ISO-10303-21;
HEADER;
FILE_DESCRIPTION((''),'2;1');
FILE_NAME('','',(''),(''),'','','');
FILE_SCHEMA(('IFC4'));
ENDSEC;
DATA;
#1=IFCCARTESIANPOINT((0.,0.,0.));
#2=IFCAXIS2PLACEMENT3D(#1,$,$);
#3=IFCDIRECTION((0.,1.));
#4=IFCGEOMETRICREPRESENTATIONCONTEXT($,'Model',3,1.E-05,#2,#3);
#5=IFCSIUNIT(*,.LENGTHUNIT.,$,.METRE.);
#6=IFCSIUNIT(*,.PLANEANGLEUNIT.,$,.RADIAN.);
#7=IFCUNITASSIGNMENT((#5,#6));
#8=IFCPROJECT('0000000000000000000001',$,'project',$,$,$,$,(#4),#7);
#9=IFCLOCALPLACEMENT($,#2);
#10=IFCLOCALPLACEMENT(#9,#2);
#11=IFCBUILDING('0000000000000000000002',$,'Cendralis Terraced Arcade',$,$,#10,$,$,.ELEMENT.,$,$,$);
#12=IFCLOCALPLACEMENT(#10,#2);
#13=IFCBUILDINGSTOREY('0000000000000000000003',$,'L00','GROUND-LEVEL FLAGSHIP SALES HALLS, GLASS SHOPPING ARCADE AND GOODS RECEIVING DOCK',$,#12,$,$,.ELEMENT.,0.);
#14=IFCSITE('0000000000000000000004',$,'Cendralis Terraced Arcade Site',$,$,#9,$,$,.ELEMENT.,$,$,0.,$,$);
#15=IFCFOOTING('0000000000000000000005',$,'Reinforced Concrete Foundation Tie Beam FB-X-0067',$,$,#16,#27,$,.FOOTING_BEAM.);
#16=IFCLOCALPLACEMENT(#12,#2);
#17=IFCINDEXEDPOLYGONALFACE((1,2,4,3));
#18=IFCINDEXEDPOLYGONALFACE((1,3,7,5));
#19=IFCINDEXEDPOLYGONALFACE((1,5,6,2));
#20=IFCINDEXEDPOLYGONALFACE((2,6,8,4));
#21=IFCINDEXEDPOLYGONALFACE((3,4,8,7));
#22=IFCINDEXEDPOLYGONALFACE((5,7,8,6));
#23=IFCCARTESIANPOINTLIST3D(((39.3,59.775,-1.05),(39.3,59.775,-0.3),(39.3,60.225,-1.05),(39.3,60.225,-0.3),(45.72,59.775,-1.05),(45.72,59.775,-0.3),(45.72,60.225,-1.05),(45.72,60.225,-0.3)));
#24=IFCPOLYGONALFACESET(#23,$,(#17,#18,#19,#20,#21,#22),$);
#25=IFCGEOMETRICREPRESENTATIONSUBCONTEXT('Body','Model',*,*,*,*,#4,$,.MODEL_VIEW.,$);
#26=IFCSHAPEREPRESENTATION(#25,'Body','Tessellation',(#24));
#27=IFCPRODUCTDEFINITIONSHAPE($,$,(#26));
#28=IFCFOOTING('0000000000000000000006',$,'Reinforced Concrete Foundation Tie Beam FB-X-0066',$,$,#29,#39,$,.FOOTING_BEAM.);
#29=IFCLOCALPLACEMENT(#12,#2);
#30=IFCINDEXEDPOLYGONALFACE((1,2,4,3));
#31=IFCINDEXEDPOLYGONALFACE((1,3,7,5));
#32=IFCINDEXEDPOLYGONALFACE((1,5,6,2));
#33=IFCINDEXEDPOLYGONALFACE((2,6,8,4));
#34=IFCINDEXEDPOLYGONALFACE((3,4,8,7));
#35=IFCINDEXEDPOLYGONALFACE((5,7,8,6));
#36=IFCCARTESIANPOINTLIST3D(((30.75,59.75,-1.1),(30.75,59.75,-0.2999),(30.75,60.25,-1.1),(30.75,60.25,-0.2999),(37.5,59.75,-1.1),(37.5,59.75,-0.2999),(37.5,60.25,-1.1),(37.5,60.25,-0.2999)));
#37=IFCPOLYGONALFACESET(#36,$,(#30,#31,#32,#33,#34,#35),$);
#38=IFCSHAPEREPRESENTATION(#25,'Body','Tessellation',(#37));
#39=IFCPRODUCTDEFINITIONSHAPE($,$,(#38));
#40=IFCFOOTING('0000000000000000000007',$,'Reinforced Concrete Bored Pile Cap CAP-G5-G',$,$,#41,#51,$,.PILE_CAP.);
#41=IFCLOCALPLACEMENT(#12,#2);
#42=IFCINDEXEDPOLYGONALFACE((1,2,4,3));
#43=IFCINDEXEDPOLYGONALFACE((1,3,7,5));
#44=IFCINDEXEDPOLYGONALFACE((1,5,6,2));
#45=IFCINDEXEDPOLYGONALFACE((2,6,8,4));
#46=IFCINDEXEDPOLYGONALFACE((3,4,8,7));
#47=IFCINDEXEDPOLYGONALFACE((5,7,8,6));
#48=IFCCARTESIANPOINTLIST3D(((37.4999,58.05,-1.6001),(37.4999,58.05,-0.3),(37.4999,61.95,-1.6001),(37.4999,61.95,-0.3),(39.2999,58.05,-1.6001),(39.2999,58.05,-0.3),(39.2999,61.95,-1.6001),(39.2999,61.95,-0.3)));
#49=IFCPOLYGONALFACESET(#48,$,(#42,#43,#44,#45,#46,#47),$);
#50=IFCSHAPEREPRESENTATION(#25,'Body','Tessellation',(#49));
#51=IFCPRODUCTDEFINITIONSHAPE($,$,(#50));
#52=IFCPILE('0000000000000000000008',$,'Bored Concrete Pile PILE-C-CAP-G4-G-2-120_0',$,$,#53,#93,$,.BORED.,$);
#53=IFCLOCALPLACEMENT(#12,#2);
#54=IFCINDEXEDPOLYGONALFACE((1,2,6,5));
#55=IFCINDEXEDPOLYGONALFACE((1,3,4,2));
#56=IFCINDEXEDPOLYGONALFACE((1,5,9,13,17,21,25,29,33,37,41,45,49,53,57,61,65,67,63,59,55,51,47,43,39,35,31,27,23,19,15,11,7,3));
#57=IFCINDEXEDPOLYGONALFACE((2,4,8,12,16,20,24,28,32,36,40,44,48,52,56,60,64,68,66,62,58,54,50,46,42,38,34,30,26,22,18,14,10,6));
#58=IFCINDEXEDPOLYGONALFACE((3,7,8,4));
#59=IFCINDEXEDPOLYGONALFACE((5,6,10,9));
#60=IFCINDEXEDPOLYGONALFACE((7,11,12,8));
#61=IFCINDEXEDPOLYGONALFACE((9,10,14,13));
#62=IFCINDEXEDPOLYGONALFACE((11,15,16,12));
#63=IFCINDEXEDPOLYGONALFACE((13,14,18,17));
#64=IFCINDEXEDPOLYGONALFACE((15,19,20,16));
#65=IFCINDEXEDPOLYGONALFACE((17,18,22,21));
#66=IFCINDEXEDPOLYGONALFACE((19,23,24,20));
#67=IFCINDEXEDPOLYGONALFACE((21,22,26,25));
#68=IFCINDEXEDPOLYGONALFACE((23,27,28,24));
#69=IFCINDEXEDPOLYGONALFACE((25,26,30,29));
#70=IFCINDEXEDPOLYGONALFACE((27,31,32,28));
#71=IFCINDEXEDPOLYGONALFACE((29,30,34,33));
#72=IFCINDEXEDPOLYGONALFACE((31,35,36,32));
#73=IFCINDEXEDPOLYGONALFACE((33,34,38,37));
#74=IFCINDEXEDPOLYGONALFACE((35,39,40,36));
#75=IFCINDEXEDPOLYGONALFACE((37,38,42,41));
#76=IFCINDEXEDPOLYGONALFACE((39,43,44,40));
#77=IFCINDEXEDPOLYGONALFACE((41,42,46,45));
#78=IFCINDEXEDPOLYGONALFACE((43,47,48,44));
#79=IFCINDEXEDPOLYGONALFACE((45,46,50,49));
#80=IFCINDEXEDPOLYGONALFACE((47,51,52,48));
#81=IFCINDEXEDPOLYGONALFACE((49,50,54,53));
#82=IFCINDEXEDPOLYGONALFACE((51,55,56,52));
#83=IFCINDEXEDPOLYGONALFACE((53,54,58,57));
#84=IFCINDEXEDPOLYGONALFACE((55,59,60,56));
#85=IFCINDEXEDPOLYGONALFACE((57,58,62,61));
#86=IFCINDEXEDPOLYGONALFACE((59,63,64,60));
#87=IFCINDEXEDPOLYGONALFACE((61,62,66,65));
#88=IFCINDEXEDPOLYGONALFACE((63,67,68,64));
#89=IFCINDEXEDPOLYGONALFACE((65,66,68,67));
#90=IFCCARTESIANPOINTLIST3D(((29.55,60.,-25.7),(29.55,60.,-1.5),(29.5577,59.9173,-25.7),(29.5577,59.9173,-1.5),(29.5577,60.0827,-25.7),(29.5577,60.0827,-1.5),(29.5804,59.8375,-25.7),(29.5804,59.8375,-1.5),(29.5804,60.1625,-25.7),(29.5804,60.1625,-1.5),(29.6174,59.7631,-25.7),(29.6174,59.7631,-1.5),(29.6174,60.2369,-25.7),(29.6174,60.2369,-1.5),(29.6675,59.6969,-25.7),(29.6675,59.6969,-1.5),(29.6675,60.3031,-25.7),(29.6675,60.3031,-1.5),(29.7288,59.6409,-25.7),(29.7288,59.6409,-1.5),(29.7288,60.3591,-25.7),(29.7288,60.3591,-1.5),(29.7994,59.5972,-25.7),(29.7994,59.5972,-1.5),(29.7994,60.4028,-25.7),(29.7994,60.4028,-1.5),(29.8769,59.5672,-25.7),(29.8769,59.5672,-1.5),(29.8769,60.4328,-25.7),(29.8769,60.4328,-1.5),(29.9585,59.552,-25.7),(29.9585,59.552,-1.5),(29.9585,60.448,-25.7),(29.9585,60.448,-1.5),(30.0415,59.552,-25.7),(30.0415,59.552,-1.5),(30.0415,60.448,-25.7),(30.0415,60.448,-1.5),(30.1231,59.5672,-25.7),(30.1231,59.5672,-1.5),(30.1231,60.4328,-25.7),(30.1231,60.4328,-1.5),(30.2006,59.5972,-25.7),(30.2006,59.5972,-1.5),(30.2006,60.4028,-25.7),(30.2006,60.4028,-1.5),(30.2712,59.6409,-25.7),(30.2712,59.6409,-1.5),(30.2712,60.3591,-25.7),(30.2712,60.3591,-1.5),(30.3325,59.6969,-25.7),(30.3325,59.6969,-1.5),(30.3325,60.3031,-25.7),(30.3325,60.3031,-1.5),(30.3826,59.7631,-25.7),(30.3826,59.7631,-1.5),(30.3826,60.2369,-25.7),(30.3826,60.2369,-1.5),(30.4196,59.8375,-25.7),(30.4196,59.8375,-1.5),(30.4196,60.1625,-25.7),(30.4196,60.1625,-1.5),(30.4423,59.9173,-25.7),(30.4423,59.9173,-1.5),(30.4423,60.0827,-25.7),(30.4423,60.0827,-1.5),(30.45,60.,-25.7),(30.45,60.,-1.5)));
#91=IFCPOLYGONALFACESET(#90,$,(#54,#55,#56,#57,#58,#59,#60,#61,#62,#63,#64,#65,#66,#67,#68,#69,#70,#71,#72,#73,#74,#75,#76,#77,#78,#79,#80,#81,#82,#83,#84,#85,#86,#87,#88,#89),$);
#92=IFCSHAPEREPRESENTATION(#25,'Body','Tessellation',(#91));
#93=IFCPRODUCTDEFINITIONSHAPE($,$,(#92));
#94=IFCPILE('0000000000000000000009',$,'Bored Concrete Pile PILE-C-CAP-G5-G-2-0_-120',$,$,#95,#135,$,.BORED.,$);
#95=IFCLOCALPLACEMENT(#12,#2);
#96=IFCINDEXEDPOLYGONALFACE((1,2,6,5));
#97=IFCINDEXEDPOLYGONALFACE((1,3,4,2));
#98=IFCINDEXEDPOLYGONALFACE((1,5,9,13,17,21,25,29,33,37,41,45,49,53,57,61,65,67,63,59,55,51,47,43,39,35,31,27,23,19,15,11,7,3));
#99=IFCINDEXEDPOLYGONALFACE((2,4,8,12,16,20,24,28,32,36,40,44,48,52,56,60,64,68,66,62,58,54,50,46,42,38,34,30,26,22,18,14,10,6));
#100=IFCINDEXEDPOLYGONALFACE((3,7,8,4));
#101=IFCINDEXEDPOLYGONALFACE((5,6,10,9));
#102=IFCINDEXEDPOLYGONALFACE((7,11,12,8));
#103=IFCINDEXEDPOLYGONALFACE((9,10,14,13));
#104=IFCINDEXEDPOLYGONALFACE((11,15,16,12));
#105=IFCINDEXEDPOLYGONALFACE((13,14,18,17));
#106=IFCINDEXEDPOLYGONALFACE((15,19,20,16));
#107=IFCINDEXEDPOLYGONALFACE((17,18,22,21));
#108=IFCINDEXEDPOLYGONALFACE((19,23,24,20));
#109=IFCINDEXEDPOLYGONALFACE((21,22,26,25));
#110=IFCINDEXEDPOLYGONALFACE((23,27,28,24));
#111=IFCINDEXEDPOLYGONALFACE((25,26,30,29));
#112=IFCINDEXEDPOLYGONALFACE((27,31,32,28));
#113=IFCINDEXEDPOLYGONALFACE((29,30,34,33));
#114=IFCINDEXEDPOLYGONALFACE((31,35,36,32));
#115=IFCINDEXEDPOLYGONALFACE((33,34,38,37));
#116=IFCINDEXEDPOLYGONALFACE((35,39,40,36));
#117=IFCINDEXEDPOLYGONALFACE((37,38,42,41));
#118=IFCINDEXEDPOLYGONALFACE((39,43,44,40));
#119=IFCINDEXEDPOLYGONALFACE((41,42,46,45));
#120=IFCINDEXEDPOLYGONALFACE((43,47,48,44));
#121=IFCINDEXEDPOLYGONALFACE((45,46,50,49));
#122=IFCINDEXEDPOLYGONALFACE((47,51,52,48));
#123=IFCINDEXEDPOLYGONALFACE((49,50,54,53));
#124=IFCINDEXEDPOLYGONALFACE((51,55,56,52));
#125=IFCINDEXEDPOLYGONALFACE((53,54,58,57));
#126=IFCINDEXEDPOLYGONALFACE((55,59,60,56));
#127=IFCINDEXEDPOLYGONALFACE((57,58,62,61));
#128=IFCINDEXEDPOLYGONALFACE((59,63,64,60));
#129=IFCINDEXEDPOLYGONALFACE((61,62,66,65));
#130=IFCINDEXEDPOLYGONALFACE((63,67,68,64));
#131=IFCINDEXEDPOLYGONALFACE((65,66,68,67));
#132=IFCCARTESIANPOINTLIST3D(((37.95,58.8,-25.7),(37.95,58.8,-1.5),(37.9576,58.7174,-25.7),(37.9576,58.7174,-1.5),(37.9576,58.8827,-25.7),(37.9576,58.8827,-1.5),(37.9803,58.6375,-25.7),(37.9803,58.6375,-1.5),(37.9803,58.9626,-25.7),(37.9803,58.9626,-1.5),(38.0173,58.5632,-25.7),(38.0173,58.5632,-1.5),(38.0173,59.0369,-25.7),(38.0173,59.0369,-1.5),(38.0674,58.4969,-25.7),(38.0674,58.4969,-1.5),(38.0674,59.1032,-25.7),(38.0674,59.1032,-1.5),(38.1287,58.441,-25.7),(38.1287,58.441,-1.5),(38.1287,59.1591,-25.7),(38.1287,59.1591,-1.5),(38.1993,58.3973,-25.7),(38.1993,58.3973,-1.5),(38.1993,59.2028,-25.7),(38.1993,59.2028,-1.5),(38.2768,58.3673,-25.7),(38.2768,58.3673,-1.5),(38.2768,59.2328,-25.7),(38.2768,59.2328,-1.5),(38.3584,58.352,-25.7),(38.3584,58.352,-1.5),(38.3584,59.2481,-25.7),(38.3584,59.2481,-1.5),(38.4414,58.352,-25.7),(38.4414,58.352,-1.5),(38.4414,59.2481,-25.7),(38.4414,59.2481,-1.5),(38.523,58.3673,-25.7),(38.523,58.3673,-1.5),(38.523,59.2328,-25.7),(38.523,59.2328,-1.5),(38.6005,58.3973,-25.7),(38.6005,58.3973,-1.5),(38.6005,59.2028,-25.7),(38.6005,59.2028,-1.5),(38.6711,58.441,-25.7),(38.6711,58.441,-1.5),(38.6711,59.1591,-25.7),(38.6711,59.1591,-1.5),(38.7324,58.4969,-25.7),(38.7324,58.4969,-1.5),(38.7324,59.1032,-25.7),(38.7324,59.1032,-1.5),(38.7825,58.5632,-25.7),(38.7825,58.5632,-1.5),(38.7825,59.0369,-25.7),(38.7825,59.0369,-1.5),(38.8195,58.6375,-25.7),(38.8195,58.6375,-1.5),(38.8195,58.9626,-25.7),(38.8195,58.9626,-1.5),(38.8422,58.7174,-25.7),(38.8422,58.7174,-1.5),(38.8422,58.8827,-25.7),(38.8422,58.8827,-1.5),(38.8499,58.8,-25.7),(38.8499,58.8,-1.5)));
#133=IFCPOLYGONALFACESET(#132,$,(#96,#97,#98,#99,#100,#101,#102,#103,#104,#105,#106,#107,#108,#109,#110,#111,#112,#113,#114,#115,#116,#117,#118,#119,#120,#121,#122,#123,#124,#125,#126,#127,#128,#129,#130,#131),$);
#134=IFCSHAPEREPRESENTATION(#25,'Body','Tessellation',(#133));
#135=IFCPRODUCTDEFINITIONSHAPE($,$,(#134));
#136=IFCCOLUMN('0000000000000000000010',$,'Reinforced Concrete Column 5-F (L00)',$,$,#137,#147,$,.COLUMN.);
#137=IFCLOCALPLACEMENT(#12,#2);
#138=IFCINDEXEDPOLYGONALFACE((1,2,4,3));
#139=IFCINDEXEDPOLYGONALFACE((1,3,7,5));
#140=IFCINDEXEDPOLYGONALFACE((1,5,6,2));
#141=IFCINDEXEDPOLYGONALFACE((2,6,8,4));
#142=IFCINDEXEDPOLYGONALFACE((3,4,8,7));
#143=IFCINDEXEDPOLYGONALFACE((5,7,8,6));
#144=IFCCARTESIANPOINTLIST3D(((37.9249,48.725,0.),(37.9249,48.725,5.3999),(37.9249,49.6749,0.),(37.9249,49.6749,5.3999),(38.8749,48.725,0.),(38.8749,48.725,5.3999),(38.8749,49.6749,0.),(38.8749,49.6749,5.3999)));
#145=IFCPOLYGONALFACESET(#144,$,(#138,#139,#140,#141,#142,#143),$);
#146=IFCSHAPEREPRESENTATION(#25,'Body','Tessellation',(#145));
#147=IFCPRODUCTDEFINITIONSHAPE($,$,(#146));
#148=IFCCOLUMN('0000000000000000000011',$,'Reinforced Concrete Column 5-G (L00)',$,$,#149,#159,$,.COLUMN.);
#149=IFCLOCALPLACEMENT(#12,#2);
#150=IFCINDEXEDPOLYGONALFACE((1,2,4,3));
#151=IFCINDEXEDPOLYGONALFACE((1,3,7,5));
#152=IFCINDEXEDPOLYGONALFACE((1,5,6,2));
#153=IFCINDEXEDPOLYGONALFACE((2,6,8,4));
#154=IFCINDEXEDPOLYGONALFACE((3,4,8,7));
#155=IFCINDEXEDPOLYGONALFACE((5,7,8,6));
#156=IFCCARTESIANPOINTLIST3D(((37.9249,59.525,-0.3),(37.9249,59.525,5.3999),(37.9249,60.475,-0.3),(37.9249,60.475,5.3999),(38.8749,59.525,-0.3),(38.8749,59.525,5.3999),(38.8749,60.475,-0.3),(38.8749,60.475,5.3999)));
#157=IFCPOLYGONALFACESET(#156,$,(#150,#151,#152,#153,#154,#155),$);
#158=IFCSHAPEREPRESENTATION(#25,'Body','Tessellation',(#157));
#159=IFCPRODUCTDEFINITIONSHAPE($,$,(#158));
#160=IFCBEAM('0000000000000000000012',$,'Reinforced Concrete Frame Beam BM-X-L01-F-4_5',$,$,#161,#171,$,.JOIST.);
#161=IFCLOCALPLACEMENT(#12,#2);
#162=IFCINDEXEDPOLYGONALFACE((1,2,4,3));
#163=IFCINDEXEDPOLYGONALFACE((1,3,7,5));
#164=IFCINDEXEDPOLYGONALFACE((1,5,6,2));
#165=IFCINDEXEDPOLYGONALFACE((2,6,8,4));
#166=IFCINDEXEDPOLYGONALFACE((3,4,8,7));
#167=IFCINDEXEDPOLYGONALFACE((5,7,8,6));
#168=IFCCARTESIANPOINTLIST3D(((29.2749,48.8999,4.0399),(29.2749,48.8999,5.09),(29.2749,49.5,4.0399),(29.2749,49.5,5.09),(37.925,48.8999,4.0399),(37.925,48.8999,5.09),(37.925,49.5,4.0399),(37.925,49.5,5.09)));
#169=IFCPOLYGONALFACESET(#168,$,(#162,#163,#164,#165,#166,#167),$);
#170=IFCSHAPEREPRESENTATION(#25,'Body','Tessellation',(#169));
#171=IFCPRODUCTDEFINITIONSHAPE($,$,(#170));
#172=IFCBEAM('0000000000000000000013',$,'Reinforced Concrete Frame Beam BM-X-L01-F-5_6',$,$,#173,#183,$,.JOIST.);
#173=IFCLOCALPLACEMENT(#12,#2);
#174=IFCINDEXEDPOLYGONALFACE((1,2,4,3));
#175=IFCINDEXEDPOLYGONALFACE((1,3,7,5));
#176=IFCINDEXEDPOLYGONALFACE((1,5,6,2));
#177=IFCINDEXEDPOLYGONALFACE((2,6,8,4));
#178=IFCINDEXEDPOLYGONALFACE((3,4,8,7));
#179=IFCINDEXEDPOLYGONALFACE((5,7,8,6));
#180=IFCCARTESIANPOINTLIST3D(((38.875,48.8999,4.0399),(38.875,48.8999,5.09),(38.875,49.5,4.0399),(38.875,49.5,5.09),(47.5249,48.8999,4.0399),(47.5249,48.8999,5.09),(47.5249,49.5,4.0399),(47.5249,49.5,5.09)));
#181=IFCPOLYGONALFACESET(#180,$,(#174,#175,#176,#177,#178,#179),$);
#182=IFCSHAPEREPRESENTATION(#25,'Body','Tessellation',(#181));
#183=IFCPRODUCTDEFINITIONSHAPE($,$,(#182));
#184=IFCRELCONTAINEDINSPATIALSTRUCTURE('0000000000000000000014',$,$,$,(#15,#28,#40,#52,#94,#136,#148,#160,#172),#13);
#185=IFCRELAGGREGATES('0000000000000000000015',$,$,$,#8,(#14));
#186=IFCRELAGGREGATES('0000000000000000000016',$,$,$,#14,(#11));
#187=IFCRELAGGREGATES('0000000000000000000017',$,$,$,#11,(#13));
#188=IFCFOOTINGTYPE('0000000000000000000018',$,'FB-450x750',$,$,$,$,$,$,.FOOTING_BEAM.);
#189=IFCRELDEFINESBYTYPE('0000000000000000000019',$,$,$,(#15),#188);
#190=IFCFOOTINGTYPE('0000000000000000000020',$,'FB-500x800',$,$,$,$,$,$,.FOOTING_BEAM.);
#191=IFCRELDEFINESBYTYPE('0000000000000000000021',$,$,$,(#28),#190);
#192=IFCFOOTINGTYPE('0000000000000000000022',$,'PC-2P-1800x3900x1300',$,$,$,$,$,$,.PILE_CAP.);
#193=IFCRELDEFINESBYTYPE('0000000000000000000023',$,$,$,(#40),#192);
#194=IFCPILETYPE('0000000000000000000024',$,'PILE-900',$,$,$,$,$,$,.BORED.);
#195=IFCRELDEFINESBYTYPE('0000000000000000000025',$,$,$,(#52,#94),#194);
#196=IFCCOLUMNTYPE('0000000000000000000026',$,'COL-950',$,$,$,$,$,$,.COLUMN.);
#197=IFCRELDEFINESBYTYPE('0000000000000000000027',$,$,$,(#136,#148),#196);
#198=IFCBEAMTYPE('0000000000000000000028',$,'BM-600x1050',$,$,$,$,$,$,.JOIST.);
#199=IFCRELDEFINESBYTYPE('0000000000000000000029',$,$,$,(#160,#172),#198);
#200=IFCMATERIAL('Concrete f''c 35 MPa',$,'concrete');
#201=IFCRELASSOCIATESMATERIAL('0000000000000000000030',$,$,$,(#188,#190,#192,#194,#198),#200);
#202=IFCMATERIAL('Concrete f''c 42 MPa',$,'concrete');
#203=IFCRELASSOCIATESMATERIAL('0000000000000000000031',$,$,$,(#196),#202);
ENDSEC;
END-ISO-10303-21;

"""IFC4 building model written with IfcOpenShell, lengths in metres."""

from ifc_helpers import new_model, si_unit, direction, frame, origin, origin_2d, place, context, subcontext, project, spatial, rectangle, circle, extrude, material, material_profile, profile_set, type_object, element, save


model = new_model("IFC4")

# Units and contexts
model_context = context("Model", 3, precision=1e-05, world=origin(), true_north=direction((0.0, 1.0)))
body_context = subcontext(model_context, "Body", "Model", "MODEL_VIEW")
ifc_project = project(units=[si_unit("LENGTHUNIT", "METRE"), si_unit("PLANEANGLEUNIT", "RADIAN")], contexts=[model_context])

# Site, building, storey
site_placement = place(None, origin())
site = spatial("IfcSite", under=ifc_project, at=site_placement, Name="Cendralis Terraced Arcade Site", CompositionType="ELEMENT", RefElevation=0.0)
building_placement = place(site_placement, origin())
building = spatial("IfcBuilding", under=site, at=building_placement, Name="Cendralis Terraced Arcade", CompositionType="ELEMENT")
storey_placement = place(building_placement, origin())
storey = spatial("IfcBuildingStorey", under=building, at=storey_placement, Name="L00", Description="GROUND-LEVEL FLAGSHIP SALES HALLS, GLASS SHOPPING ARCADE AND GOODS RECEIVING DOCK", CompositionType="ELEMENT", Elevation=0.0)

# Footings
ifc_material_1 = material(Name="Concrete f'c 35 MPa", Category="concrete")
ifc_material_profile_1 = material_profile(ifc_material_1, rectangle(XDim=0.45, YDim=0.75, at=origin_2d()), Name="FB-450x750", Category="LoadBearing")
ifc_profile_set_1 = profile_set([ifc_material_profile_1], Name="Concrete f'c 35 MPa")
footing_type_1 = type_object("IfcFootingType", Name="FB-450x750", PredefinedType="FOOTING_BEAM", material=ifc_profile_set_1)
footing_1_placement = place(storey_placement, frame((39.3, 60.0, -0.675), z_axis=(1.0, 0.0, 0.0), x_axis=(0.0, 1.0, 0.0)))
element("IfcFooting", 1, at=footing_1_placement, inside=storey, type_object=footing_type_1, Name="Reinforced Concrete Foundation Tie Beam FB-X-0067", PredefinedType="FOOTING_BEAM", context=body_context, shape_type="SweptSolid", body=[
    extrude(rectangle(XDim=0.45, YDim=0.75, at=origin_2d()), origin(), (0.0, 0.0, 1.0), 6.4199),
])
ifc_material_profile_2 = material_profile(ifc_material_1, rectangle(XDim=0.5, YDim=0.8, at=origin_2d()), Name="FB-500x800", Category="LoadBearing")
ifc_profile_set_2 = profile_set([ifc_material_profile_2], Name="Concrete f'c 35 MPa")
footing_type_2 = type_object("IfcFootingType", Name="FB-500x800", PredefinedType="FOOTING_BEAM", material=ifc_profile_set_2)
footing_2_placement = place(storey_placement, frame((30.75, 60.0, -0.7), z_axis=(1.0, 0.0, 0.0), x_axis=(0.0, 1.0, 0.0)))
element("IfcFooting", 2, at=footing_2_placement, inside=storey, type_object=footing_type_2, Name="Reinforced Concrete Foundation Tie Beam FB-X-0066", PredefinedType="FOOTING_BEAM", context=body_context, shape_type="SweptSolid", body=[
    extrude(rectangle(XDim=0.5, YDim=0.8, at=origin_2d()), origin(), (0.0, 0.0, 1.0), 6.75),
])
footing_type_3 = type_object("IfcFootingType", Name="PC-2P-1800x3900x1300", PredefinedType="PILE_CAP", material=ifc_material_1)
footing_3_placement = place(storey_placement, frame((38.3999, 60.0, -1.6001), z_axis=(0.0, 0.0, 1.0), x_axis=(1.0, 0.0, 0.0)))
element("IfcFooting", 3, at=footing_3_placement, inside=storey, type_object=footing_type_3, Name="Reinforced Concrete Bored Pile Cap CAP-G5-G", PredefinedType="PILE_CAP", context=body_context, shape_type="SweptSolid", body=[
    extrude(rectangle(XDim=1.8, YDim=3.8999, at=origin_2d()), origin(), (0.0, 0.0, 1.0), 1.3),
])

# Piles
ifc_material_profile_3 = material_profile(ifc_material_1, circle(Radius=0.45, at=origin_2d()), Name="PILE-D900", Category="LoadBearing")
ifc_profile_set_3 = profile_set([ifc_material_profile_3], Name="Concrete f'c 35 MPa")
pile_type = type_object("IfcPileType", Name="PILE-900", PredefinedType="BORED", material=ifc_profile_set_3)
for number, where, z_axis, x_axis, name in (
    (4, (30.0, 60.0, -1.5), (0.0, 0.0, -1.0), (1.0, 0.0, 0.0), "Bored Concrete Pile PILE-C-CAP-G4-G-2-120_0"),
    (5, (38.3999, 58.8, -1.5), (0.0, 0.0, -1.0), (1.0, 0.0, 0.0), "Bored Concrete Pile PILE-C-CAP-G5-G-2-0_-120"),
):
    element("IfcPile", number, at=place(storey_placement, frame(where, z_axis=z_axis, x_axis=x_axis)), inside=storey, type_object=pile_type, Name=name, PredefinedType="BORED", context=body_context, shape_type="SweptSolid", body=[
        extrude(circle(Radius=0.45, at=origin_2d()), origin(), (0.0, 0.0, 1.0), 24.2),
    ])

# Columns
ifc_material_2 = material(Name="Concrete f'c 42 MPa", Category="concrete")
ifc_material_profile_4 = material_profile(ifc_material_2, rectangle(XDim=0.95, YDim=0.95, at=origin_2d()), Name="RC-COL-950x950", Category="LoadBearing")
ifc_profile_set_4 = profile_set([ifc_material_profile_4], Name="Concrete f'c 42 MPa")
column_type = type_object("IfcColumnType", Name="COL-950", PredefinedType="COLUMN", material=ifc_profile_set_4)
column_1_placement = place(storey_placement, frame((38.3999, 49.2, 0.0), z_axis=(0.0, 0.0, 1.0), x_axis=(1.0, 0.0, 0.0)))
element("IfcColumn", 6, at=column_1_placement, inside=storey, type_object=column_type, Name="Reinforced Concrete Column 5-F (L00)", PredefinedType="COLUMN", context=body_context, shape_type="SweptSolid", body=[
    extrude(rectangle(XDim=0.95, YDim=0.95, at=origin_2d()), origin(), (0.0, 0.0, 1.0), 5.3999),
])
column_2_placement = place(storey_placement, frame((38.3999, 60.0, -0.3), z_axis=(0.0, 0.0, 1.0), x_axis=(1.0, 0.0, 0.0)))
element("IfcColumn", 7, at=column_2_placement, inside=storey, type_object=column_type, Name="Reinforced Concrete Column 5-G (L00)", PredefinedType="COLUMN", context=body_context, shape_type="SweptSolid", body=[
    extrude(rectangle(XDim=0.95, YDim=0.95, at=origin_2d()), origin(), (0.0, 0.0, 1.0), 5.7),
])

# Beams
ifc_material_profile_5 = material_profile(ifc_material_1, rectangle(XDim=0.6001, YDim=1.05, at=origin_2d()), Name="RC-BM-600x1050", Category="LoadBearing")
ifc_profile_set_5 = profile_set([ifc_material_profile_5], Name="Concrete f'c 35 MPa")
beam_type = type_object("IfcBeamType", Name="BM-600x1050", PredefinedType="JOIST", material=ifc_profile_set_5)
beam_1_placement = place(storey_placement, frame((29.2749, 49.2, 4.5649), z_axis=(1.0, 0.0, 0.0), x_axis=(0.0, 1.0, 0.0)))
element("IfcBeam", 8, at=beam_1_placement, inside=storey, type_object=beam_type, Name="Reinforced Concrete Frame Beam BM-X-L01-F-4_5", PredefinedType="JOIST", context=body_context, shape_type="SweptSolid", body=[
    extrude(rectangle(XDim=0.6001, YDim=1.05, at=origin_2d()), origin(), (0.0, 0.0, 1.0), 8.6501),
])
beam_2_placement = place(storey_placement, frame((38.875, 49.2, 4.5649), z_axis=(1.0, 0.0, 0.0), x_axis=(0.0, 1.0, 0.0)))
element("IfcBeam", 9, at=beam_2_placement, inside=storey, type_object=beam_type, Name="Reinforced Concrete Frame Beam BM-X-L01-F-5_6", PredefinedType="JOIST", context=body_context, shape_type="SweptSolid", body=[
    extrude(rectangle(XDim=0.6001, YDim=1.05, at=origin_2d()), origin(), (0.0, 0.0, 1.0), 8.6499),
])

save(model, "model.ifc")
